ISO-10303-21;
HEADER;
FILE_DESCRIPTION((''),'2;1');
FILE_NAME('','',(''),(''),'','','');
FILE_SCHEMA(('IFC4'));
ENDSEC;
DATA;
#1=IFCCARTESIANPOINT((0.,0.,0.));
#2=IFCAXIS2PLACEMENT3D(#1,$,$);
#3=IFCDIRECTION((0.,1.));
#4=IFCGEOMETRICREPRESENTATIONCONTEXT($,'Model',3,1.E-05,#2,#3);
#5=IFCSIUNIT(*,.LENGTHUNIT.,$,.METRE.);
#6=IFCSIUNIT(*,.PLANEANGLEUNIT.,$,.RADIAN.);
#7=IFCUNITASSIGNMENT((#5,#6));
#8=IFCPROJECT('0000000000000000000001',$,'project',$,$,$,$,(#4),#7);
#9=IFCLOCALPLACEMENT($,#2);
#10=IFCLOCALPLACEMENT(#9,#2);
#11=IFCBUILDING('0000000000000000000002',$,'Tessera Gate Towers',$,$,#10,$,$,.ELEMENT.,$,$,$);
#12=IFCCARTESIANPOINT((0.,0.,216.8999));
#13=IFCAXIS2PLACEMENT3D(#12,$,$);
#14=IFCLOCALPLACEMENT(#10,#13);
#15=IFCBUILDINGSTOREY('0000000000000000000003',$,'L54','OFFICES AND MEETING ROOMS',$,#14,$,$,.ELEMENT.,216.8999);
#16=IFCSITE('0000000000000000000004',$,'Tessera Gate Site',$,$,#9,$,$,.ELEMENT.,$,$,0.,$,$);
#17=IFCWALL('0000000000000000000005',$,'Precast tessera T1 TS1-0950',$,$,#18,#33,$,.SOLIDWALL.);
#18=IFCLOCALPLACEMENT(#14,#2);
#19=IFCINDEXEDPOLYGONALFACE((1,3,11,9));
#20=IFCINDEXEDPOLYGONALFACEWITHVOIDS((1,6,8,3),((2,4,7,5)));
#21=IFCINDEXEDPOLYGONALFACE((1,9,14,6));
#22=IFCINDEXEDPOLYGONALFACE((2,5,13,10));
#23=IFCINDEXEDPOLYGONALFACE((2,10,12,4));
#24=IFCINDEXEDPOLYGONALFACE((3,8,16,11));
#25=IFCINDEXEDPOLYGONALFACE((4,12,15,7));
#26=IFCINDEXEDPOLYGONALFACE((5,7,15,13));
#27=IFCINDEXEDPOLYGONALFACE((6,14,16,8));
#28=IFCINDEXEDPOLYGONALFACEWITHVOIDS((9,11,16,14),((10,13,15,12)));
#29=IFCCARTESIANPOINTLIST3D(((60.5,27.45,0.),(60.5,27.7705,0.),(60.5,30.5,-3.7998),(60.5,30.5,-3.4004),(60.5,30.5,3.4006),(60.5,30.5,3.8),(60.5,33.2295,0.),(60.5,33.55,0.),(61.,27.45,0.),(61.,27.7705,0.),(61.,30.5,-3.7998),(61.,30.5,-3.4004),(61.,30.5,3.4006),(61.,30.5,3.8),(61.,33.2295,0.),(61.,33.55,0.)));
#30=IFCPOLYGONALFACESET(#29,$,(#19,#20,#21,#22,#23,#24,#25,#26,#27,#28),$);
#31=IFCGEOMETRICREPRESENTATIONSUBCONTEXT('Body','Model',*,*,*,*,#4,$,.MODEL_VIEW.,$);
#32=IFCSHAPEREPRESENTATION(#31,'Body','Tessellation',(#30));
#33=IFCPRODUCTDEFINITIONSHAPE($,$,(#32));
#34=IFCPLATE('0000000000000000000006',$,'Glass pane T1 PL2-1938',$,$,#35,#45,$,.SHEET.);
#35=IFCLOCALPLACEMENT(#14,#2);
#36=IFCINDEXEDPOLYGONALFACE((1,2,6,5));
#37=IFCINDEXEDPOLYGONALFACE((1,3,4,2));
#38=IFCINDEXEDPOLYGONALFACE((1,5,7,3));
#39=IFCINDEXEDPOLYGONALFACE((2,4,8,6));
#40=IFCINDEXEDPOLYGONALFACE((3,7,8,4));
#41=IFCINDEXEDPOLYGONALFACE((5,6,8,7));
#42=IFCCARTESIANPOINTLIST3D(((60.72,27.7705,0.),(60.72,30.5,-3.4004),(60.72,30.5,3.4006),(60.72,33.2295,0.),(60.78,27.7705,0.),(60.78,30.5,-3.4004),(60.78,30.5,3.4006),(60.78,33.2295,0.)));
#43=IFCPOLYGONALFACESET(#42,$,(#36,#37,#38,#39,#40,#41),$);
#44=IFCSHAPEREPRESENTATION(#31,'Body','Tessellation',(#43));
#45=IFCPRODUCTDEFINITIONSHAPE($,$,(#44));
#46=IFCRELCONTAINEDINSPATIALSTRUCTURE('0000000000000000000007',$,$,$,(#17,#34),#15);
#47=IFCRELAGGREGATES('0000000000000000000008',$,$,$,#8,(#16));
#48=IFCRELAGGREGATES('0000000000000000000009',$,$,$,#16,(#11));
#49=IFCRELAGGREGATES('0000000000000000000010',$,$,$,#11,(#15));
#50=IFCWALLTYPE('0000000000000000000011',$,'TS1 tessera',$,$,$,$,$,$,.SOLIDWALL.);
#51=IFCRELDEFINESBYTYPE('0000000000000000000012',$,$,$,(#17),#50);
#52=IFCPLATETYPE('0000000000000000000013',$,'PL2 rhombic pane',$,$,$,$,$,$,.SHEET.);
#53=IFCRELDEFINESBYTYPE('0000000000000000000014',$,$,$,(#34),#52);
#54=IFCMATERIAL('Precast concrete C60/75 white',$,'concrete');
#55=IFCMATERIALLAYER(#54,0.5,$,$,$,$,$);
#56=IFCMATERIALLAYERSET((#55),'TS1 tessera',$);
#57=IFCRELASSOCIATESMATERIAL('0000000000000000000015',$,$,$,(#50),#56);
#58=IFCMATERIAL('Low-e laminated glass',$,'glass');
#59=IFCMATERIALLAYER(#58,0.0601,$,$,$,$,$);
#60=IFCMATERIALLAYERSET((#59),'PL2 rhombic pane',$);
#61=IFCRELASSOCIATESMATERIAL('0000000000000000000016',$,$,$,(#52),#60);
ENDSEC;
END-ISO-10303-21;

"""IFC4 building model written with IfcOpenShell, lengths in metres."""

from ifc_helpers import new_model, si_unit, direction, frame, origin, place, context, subcontext, project, spatial, polyline, outline, extrude, source, transform, mapped, material, layer, layer_set, type_object, element, fill, save


model = new_model("IFC4")

# Units and contexts
model_context = context("Model", 3, precision=1e-05, world=origin(), true_north=direction((0.0, 1.0)))
body_context = subcontext(model_context, "Body", "Model", "MODEL_VIEW")
ifc_project = project(units=[si_unit("LENGTHUNIT", "METRE"), si_unit("PLANEANGLEUNIT", "RADIAN")], contexts=[model_context])

# Site, building, storey
site_placement = place(None, origin())
site = spatial("IfcSite", under=ifc_project, at=site_placement, Name="Tessera Gate Site", CompositionType="ELEMENT", RefElevation=0.0)
building_placement = place(site_placement, origin())
building = spatial("IfcBuilding", under=site, at=building_placement, Name="Tessera Gate Towers", CompositionType="ELEMENT")
storey_placement = place(building_placement, frame((0.0, 0.0, 216.8999)))
storey = spatial("IfcBuildingStorey", under=building, at=storey_placement, Name="L54", Description="OFFICES AND MEETING ROOMS", CompositionType="ELEMENT", Elevation=216.8999)

# Wall, opening, plate
ifc_material_1 = material(Name="Precast concrete C60/75 white", Category="concrete")
ifc_layer_1 = layer(ifc_material_1, 0.5)
ifc_layer_set_1 = layer_set([ifc_layer_1], Name="TS1 tessera")
wall_type_1 = type_object("IfcWallType", Name="TS1 tessera", PredefinedType="SOLIDWALL", material=ifc_layer_set_1)
shared_shape_1 = source(origin(), body_context, "Body", "SweptSolid", [
    extrude(outline(polyline([(3.05, 0.0), (6.1001, 3.7998), (3.05, 7.5999), (0.0, 3.7998), (3.05, 0.0)])), frame((0.0, 0.25, 0.0), z_axis=(0.0, -1.0, 0.0), x_axis=(1.0, 0.0, 0.0)), (0.0, 0.0, 1.0), 0.5),
])
shared_shape_2 = source(origin(), body_context, "Body", "SweptSolid", [
    extrude(outline(polyline([(3.05, 0.3994), (5.7795, 3.7998), (3.05, 7.2004), (0.3206, 3.7998), (3.05, 0.3994)])), frame((0.0, 0.26, 0.0), z_axis=(0.0, -1.0, 0.0), x_axis=(1.0, 0.0, 0.0)), (0.0, 0.0, 1.0), 0.52),
])
ifc_material_2 = material(Name="Low-e laminated glass", Category="glass")
ifc_layer_2 = layer(ifc_material_2, 0.0601)
ifc_layer_set_2 = layer_set([ifc_layer_2], Name="PL2 rhombic pane")
plate_type = type_object("IfcPlateType", Name="PL2 rhombic pane", PredefinedType="SHEET", material=ifc_layer_set_2)
shared_shape_3 = source(origin(), body_context, "Body", "SweptSolid", [
    extrude(outline(polyline([(3.05, 0.3994), (5.7795, 3.7998), (3.05, 7.2004), (0.3206, 3.7998), (3.05, 0.3994)])), frame((0.0, 0.03, 0.0), z_axis=(0.0, -1.0, 0.0), x_axis=(1.0, 0.0, 0.0)), (0.0, 0.0, 1.0), 0.0601),
])
wall_1_placement = place(storey_placement, frame((60.75, 27.45, -3.7998), z_axis=(0.0, 0.0, 1.0), x_axis=(0.0, 1.0, 0.0)))
wall_1 = element("IfcWall", 1, at=wall_1_placement, inside=storey, type_object=wall_type_1, Name="Precast tessera T1 TS1-0950", PredefinedType="SOLIDWALL", context=body_context, shape_type="MappedRepresentation", body=[
    mapped(shared_shape_1, transform((0.0, 0.0, 0.0), scale=1.0)),
])
opening_1_placement = place(wall_1_placement, origin())
opening_1 = element("IfcOpeningElement", 2, at=opening_1_placement, cuts=wall_1, PredefinedType="OPENING", context=body_context, shape_type="MappedRepresentation", body=[
    mapped(shared_shape_2, transform((0.0, 0.0, 0.0), scale=1.0)),
])
plate_1_placement = place(opening_1_placement, origin())
plate_1 = element("IfcPlate", 3, at=plate_1_placement, inside=storey, type_object=plate_type, Name="Glass pane T1 PL2-1938", PredefinedType="SHEET", context=body_context, shape_type="MappedRepresentation", body=[
    mapped(shared_shape_3, transform((0.0, 0.0, 0.0), scale=1.0)),
])
fill(opening_1, plate_1)

save(model, "model.ifc")
